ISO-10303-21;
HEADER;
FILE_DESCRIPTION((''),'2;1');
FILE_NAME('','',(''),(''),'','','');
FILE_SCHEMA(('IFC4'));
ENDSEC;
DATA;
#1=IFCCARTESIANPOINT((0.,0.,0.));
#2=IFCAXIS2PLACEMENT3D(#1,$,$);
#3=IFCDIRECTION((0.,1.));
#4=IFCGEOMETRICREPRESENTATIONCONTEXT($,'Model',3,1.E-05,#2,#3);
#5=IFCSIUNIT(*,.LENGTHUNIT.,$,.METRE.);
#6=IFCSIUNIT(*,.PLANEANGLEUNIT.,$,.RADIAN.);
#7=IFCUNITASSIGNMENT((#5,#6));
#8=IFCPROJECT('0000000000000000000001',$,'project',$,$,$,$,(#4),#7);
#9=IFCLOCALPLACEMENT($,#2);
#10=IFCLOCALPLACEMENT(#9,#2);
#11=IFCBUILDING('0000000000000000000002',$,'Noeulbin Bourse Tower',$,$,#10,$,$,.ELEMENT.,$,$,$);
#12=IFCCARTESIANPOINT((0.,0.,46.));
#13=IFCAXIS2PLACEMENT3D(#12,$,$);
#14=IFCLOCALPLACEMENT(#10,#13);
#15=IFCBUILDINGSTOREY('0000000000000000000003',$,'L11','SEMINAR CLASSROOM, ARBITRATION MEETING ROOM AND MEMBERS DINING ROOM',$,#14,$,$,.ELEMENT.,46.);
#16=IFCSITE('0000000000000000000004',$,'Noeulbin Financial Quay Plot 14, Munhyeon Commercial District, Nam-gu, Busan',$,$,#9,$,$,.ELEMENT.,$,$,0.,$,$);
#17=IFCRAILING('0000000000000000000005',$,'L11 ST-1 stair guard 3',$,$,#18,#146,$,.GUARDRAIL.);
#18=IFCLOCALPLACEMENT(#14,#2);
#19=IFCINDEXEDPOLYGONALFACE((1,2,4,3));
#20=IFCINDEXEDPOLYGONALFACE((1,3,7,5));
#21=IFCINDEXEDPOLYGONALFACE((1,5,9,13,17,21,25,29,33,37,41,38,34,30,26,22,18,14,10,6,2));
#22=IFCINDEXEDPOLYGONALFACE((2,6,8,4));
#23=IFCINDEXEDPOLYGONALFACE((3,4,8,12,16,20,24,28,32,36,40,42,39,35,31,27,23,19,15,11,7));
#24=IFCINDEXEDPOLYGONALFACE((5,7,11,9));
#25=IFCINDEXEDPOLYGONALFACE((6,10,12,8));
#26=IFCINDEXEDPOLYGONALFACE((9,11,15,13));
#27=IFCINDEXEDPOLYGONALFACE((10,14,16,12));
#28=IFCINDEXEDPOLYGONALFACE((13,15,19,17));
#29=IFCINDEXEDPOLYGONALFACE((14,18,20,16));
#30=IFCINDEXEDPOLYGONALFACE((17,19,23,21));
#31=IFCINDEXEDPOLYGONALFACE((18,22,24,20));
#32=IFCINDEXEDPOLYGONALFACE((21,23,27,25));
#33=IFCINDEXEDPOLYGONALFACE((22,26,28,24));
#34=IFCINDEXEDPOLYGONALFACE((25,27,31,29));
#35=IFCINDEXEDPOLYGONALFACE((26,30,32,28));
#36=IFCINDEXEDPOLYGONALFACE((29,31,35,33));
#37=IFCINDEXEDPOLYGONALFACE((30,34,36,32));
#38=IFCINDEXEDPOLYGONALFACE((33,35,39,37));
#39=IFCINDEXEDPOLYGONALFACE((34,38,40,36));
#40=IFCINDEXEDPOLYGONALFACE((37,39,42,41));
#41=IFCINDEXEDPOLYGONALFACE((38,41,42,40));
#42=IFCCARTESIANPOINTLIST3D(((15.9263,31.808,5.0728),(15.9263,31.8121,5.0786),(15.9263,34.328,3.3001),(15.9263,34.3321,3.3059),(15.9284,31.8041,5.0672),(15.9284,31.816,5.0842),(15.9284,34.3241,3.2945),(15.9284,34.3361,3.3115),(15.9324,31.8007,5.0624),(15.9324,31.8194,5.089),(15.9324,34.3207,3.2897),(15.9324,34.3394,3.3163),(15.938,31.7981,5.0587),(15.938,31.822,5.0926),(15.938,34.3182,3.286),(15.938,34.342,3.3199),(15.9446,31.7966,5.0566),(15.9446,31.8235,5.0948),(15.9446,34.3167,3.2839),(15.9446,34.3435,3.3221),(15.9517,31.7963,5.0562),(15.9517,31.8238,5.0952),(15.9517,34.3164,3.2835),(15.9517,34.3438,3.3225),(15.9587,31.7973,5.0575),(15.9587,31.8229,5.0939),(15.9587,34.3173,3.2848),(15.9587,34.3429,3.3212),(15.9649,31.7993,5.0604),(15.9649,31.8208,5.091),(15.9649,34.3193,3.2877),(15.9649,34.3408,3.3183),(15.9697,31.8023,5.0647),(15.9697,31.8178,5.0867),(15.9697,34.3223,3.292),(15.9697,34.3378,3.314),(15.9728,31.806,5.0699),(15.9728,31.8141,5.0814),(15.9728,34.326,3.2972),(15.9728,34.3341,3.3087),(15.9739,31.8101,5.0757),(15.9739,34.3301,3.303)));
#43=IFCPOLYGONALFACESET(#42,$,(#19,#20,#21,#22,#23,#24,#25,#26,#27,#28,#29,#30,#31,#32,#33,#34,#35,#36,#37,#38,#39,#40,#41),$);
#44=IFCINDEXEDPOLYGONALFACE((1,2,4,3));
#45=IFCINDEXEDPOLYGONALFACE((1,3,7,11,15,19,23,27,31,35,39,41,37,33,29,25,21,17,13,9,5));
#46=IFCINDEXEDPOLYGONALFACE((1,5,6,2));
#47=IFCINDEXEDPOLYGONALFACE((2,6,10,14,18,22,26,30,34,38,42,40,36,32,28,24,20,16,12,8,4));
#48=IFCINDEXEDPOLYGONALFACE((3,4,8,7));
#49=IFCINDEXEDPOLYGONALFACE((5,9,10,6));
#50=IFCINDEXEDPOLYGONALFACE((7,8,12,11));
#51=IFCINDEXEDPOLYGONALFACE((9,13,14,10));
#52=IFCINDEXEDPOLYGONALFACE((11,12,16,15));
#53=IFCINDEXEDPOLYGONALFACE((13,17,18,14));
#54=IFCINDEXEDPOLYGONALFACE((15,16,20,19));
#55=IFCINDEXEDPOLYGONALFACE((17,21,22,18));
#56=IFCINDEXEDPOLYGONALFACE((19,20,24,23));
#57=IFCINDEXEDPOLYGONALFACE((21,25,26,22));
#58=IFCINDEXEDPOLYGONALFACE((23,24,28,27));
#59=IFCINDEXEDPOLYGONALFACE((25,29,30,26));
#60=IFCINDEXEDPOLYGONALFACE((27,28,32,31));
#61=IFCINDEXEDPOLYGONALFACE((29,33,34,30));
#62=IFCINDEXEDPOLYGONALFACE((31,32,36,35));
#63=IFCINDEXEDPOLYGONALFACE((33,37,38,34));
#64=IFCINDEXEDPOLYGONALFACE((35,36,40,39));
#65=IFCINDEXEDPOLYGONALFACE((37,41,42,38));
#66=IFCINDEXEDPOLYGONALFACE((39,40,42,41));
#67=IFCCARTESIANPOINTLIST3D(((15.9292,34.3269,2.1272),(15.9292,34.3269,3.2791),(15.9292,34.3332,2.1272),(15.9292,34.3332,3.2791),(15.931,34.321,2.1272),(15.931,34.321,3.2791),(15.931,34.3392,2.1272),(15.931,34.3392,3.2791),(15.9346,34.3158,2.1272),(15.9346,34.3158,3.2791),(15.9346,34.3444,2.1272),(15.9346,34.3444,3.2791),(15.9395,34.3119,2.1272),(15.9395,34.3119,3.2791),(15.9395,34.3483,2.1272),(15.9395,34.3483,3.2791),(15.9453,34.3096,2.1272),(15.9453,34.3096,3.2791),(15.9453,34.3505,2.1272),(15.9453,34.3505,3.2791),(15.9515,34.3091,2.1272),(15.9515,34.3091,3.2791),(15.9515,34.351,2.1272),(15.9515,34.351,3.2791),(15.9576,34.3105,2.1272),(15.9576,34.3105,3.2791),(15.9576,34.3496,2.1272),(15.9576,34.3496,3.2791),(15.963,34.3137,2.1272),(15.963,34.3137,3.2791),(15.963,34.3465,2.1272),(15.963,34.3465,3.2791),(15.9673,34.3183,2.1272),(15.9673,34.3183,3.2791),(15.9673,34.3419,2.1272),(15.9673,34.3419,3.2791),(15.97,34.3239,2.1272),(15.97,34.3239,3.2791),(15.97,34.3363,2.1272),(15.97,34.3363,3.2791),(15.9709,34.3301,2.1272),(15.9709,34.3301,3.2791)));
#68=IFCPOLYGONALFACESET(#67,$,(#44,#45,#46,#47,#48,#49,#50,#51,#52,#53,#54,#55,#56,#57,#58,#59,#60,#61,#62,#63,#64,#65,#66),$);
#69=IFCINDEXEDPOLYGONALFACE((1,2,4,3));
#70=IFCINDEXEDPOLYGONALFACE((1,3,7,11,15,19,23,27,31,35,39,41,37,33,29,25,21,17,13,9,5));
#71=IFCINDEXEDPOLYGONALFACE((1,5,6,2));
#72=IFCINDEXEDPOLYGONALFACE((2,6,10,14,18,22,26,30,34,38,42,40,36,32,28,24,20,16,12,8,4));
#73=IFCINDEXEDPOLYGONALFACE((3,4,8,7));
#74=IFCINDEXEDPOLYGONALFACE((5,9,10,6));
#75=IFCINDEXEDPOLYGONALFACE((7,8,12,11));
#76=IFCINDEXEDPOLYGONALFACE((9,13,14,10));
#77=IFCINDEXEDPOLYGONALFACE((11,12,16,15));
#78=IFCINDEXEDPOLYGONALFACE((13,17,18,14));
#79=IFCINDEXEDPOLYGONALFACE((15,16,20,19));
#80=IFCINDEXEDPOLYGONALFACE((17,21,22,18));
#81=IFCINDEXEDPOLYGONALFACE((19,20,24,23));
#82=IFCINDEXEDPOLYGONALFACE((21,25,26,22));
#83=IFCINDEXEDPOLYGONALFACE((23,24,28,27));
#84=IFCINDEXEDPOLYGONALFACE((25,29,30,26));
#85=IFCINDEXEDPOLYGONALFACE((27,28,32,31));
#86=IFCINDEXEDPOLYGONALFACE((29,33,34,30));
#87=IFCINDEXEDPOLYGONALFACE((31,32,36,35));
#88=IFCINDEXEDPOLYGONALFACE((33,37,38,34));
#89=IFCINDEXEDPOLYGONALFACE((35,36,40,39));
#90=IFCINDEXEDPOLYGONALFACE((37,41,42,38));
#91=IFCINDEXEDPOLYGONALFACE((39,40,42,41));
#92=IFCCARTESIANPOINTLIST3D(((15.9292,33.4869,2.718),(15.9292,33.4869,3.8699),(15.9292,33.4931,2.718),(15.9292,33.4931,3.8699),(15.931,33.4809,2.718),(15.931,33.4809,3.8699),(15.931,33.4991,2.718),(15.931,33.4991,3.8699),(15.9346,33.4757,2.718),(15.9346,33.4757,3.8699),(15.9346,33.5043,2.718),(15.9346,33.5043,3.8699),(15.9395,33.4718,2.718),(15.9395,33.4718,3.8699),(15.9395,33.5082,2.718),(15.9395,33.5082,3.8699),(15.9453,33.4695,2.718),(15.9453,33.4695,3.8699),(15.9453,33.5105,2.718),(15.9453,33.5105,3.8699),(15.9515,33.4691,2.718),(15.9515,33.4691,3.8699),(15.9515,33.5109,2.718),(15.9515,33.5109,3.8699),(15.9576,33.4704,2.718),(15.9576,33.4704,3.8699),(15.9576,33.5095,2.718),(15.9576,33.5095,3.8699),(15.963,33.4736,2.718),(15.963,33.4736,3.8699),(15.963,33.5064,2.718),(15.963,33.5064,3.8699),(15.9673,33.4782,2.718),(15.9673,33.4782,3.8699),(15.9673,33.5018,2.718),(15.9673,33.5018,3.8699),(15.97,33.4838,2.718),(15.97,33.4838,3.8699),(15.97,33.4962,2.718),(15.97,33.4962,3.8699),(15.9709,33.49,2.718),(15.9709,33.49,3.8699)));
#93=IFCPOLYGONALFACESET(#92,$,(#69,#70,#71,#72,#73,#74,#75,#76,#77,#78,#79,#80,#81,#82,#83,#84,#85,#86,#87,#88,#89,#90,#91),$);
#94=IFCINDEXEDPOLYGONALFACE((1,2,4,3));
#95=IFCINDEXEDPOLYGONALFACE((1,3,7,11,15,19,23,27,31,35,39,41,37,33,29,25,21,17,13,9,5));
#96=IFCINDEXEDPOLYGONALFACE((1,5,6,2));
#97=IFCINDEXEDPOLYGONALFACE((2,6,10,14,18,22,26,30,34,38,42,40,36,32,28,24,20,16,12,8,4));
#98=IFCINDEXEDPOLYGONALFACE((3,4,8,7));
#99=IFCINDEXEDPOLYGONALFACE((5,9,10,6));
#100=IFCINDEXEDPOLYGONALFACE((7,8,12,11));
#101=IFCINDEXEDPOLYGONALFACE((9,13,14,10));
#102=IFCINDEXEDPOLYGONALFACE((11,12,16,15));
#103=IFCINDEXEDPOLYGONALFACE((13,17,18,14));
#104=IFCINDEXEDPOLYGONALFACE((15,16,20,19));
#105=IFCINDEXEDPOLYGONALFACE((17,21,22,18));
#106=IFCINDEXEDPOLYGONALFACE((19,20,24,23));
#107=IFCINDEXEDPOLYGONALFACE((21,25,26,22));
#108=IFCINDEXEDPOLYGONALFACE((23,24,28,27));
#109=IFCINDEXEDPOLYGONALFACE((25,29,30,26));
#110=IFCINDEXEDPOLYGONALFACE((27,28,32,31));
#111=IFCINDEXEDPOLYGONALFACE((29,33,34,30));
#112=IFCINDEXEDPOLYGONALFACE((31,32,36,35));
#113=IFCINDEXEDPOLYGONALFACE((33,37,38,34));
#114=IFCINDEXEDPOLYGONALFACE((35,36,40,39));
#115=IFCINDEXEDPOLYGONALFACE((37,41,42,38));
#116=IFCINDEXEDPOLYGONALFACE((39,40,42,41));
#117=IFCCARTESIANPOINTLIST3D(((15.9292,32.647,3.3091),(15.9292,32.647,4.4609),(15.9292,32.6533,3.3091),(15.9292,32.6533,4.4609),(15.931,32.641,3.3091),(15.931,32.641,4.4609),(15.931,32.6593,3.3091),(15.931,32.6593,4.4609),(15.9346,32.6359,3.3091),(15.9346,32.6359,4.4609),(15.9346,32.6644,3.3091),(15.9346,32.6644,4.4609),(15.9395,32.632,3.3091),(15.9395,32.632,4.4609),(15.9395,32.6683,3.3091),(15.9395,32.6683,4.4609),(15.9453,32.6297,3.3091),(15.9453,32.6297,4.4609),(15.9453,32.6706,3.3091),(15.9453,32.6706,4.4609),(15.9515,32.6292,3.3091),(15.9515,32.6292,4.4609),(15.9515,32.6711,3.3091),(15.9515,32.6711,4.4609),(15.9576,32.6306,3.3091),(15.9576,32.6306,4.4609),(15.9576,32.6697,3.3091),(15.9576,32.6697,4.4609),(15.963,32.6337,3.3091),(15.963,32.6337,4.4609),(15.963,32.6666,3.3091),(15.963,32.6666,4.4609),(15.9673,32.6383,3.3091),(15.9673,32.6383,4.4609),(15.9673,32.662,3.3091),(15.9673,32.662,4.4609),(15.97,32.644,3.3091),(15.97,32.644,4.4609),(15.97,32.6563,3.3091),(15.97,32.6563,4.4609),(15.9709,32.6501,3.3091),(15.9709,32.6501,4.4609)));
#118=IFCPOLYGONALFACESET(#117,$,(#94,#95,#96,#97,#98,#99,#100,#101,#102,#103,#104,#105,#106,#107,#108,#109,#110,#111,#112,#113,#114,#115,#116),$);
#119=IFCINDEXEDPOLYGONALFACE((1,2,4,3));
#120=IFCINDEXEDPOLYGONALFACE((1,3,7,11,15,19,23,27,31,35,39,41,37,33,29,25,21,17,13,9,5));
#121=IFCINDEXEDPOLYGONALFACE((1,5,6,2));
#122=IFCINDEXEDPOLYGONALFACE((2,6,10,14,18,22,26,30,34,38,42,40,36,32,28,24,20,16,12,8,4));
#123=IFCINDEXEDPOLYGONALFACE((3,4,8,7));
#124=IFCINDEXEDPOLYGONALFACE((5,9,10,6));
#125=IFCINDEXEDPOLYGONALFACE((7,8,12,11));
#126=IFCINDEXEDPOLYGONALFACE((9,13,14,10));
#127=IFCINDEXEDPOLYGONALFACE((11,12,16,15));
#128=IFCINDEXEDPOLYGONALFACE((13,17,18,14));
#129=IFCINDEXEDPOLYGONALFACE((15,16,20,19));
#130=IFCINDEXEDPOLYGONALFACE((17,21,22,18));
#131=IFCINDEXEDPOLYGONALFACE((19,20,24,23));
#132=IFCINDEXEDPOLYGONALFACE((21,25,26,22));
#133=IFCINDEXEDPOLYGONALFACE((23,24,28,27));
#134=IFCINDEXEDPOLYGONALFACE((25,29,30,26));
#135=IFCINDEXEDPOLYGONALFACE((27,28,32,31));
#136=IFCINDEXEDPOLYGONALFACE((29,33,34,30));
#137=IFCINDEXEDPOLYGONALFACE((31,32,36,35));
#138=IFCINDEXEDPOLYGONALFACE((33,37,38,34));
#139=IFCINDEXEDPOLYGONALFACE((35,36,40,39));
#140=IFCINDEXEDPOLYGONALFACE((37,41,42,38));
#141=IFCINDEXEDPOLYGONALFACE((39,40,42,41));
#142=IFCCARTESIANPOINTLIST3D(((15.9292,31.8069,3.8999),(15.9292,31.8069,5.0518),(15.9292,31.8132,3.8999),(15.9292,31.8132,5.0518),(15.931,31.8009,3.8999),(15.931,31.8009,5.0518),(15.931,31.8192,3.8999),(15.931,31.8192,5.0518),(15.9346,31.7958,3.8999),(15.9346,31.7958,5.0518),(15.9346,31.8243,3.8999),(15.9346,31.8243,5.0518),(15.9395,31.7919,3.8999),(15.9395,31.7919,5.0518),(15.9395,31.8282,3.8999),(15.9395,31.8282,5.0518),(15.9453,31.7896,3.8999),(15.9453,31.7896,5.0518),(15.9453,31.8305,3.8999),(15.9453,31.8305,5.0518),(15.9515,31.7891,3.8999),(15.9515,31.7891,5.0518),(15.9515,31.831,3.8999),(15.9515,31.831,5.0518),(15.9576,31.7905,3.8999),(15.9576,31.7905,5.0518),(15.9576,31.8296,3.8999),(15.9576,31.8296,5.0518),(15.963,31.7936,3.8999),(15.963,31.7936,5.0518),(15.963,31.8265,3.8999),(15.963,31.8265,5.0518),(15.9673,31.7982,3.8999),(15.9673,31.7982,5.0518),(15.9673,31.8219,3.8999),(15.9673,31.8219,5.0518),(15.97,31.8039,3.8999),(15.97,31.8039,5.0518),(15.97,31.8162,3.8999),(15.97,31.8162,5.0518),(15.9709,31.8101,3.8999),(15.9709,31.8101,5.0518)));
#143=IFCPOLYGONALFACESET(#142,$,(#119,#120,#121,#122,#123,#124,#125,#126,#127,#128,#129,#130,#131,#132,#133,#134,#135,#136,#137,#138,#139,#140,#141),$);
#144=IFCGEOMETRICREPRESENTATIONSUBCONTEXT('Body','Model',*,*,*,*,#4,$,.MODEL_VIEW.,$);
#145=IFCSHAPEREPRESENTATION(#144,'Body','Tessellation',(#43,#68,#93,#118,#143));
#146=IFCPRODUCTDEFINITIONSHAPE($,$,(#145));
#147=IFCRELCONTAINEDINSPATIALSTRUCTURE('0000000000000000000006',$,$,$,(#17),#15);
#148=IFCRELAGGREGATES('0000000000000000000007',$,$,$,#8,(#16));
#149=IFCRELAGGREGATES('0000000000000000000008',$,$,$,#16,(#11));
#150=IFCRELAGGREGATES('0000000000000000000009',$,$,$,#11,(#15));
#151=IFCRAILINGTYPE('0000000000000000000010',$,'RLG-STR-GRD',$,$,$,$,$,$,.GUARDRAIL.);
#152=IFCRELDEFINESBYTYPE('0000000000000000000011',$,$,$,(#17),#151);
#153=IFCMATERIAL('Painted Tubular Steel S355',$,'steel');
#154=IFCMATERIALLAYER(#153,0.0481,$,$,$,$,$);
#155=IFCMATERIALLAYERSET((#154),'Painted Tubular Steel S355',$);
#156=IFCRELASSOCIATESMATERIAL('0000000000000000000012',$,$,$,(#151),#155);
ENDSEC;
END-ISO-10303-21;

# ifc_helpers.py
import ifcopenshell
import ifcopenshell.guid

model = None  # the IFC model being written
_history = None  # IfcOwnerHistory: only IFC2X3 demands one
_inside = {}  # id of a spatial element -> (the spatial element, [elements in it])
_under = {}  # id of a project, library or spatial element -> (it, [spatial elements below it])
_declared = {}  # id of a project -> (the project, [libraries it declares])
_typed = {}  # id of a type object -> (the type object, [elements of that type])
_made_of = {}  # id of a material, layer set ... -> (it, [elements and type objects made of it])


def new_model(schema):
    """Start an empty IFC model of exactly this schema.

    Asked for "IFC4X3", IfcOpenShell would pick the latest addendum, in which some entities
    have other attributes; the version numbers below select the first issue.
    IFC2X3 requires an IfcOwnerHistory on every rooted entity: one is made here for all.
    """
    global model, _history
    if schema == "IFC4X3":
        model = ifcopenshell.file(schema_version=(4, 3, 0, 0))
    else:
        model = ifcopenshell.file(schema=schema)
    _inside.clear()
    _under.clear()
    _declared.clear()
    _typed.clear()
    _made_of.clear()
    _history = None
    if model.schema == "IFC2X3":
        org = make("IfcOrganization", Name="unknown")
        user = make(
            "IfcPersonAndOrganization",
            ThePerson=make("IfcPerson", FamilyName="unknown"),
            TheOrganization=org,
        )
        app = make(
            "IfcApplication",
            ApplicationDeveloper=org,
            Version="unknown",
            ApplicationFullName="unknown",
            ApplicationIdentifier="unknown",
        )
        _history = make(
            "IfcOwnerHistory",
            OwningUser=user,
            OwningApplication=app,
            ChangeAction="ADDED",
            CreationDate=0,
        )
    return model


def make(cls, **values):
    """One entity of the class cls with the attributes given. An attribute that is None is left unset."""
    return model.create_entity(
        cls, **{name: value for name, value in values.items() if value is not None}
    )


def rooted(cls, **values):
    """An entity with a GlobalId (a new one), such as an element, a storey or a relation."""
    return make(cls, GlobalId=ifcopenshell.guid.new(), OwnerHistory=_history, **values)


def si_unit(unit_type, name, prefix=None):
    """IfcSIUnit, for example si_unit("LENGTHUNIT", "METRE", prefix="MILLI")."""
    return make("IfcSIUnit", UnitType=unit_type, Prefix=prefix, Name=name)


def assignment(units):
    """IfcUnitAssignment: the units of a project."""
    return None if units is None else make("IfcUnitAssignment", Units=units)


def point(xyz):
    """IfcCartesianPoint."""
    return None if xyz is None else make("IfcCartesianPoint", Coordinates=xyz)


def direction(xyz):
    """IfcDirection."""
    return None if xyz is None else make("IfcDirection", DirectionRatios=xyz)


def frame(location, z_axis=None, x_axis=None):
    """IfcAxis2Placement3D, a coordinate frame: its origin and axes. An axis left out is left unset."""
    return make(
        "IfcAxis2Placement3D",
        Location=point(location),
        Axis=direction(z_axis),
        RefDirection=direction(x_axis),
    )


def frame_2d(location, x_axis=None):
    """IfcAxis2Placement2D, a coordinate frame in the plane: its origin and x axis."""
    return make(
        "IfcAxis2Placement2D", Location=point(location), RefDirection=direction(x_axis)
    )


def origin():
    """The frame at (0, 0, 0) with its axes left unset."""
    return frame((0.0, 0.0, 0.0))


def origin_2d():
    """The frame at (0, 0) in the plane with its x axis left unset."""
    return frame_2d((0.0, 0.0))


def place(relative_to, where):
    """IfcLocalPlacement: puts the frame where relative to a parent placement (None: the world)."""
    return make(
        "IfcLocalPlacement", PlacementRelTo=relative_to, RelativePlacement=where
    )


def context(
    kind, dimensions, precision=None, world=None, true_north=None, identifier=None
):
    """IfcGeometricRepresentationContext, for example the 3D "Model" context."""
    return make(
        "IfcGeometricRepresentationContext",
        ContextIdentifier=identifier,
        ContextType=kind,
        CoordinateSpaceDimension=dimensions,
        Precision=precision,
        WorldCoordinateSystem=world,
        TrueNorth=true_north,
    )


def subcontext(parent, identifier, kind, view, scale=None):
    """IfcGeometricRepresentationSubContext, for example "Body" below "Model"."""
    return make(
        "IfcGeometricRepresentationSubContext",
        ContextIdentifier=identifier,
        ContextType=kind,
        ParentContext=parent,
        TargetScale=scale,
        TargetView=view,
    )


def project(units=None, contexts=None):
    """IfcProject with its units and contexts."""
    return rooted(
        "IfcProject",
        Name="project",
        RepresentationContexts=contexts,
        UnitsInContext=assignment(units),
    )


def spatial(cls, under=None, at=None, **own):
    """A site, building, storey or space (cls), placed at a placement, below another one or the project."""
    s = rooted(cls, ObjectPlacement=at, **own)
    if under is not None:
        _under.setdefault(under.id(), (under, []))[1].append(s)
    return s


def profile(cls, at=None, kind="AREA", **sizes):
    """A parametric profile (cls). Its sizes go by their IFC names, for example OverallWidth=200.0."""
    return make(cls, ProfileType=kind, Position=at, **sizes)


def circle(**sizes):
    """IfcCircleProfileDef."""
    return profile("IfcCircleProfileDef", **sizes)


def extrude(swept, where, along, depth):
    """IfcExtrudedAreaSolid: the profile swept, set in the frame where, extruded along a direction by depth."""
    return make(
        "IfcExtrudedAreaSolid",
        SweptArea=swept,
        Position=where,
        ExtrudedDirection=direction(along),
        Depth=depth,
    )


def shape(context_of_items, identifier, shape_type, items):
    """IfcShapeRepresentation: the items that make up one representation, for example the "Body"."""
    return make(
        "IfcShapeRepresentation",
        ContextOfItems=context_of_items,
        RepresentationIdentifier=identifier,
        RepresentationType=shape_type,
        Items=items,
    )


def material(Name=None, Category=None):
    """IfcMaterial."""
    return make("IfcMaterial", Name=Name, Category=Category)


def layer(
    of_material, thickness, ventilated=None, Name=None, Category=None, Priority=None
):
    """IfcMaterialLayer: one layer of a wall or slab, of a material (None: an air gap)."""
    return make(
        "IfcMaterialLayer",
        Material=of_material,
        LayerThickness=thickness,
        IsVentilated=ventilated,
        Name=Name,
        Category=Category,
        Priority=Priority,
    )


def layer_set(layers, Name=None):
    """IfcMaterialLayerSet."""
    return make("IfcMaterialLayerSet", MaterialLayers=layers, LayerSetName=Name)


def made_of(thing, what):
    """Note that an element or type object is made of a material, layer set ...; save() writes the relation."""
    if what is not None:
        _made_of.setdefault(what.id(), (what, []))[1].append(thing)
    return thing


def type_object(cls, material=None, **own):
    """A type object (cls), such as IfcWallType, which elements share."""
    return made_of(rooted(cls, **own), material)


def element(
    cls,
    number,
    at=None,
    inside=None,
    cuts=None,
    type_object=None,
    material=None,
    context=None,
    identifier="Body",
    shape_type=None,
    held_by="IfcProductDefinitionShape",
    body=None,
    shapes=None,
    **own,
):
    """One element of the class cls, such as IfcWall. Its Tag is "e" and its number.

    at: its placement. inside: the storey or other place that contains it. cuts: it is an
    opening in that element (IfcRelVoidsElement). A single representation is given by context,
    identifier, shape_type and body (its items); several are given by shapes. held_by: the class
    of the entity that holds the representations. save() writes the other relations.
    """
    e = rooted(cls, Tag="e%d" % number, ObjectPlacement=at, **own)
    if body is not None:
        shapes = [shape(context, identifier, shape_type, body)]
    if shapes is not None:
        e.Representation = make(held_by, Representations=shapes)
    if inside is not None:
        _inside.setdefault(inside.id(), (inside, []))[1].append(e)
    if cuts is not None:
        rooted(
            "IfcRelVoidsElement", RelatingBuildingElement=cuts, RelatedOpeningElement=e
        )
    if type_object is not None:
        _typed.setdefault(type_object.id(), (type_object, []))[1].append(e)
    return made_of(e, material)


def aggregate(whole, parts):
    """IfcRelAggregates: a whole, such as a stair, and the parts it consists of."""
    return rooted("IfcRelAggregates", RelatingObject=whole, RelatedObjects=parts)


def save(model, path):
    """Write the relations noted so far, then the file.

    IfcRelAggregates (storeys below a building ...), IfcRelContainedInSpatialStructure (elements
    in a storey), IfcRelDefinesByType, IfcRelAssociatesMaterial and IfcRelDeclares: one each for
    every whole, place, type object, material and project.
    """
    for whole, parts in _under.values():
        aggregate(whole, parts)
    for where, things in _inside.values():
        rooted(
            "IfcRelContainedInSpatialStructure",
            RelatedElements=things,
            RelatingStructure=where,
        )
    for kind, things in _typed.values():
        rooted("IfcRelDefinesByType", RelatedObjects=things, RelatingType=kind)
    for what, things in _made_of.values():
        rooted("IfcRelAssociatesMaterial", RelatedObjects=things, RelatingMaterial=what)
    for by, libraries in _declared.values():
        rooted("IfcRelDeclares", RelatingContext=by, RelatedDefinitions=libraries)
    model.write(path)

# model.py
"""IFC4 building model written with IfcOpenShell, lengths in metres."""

from ifc_helpers import new_model, si_unit, direction, frame, origin, origin_2d, place, context, subcontext, project, spatial, circle, extrude, material, layer, layer_set, type_object, element, save


model = new_model("IFC4")

# Units and contexts
model_context = context("Model", 3, precision=1e-05, world=origin(), true_north=direction((0.0, 1.0)))
body_context = subcontext(model_context, "Body", "Model", "MODEL_VIEW")
ifc_project = project(units=[si_unit("LENGTHUNIT", "METRE"), si_unit("PLANEANGLEUNIT", "RADIAN")], contexts=[model_context])

# Site, building, storey
site_placement = place(None, origin())
site = spatial("IfcSite", under=ifc_project, at=site_placement, Name="Noeulbin Financial Quay Plot 14, Munhyeon Commercial District, Nam-gu, Busan", CompositionType="ELEMENT", RefElevation=0.0)
building_placement = place(site_placement, origin())
building = spatial("IfcBuilding", under=site, at=building_placement, Name="Noeulbin Bourse Tower", CompositionType="ELEMENT")
storey_placement = place(building_placement, frame((0.0, 0.0, 46.0)))
storey = spatial("IfcBuildingStorey", under=building, at=storey_placement, Name="L11", Description="SEMINAR CLASSROOM, ARBITRATION MEETING ROOM AND MEMBERS DINING ROOM", CompositionType="ELEMENT", Elevation=46.0)

# Railing
ifc_material_1 = material(Name="Painted Tubular Steel S355", Category="steel")
ifc_layer_1 = layer(ifc_material_1, 0.0481)
ifc_layer_set_1 = layer_set([ifc_layer_1], Name="Painted Tubular Steel S355")
railing_type_1 = type_object("IfcRailingType", Name="RLG-STR-GRD", PredefinedType="GUARDRAIL", material=ifc_layer_set_1)
railing_1_placement = place(storey_placement, frame((15.95, 34.3301, 2.1272)))
element("IfcRailing", 1, at=railing_1_placement, inside=storey, type_object=railing_type_1, Name="L11 ST-1 stair guard 3", PredefinedType="GUARDRAIL", context=body_context, shape_type="SweptSolid", body=[
    extrude(circle(Radius=0.0239, at=origin_2d()), frame((0.0, 0.0, 1.1758), z_axis=(0.0, -0.817904, 0.575354), x_axis=(1.0, 0.0, 0.0)), (0.0, 0.0, 1.0), 3.0811),
    extrude(circle(Radius=0.021, at=origin_2d()), origin(), (0.0, 0.0, 1.0), 1.1519),
    extrude(circle(Radius=0.021, at=origin_2d()), frame((0.0, -0.8401, 0.5908)), (0.0, 0.0, 1.0), 1.1519),
    extrude(circle(Radius=0.021, at=origin_2d()), frame((0.0, -1.6799, 1.1819)), (0.0, 0.0, 1.0), 1.1519),
    extrude(circle(Radius=0.021, at=origin_2d()), frame((0.0, -2.52, 1.7727)), (0.0, 0.0, 1.0), 1.1519),
])

save(model, "model.ifc")
